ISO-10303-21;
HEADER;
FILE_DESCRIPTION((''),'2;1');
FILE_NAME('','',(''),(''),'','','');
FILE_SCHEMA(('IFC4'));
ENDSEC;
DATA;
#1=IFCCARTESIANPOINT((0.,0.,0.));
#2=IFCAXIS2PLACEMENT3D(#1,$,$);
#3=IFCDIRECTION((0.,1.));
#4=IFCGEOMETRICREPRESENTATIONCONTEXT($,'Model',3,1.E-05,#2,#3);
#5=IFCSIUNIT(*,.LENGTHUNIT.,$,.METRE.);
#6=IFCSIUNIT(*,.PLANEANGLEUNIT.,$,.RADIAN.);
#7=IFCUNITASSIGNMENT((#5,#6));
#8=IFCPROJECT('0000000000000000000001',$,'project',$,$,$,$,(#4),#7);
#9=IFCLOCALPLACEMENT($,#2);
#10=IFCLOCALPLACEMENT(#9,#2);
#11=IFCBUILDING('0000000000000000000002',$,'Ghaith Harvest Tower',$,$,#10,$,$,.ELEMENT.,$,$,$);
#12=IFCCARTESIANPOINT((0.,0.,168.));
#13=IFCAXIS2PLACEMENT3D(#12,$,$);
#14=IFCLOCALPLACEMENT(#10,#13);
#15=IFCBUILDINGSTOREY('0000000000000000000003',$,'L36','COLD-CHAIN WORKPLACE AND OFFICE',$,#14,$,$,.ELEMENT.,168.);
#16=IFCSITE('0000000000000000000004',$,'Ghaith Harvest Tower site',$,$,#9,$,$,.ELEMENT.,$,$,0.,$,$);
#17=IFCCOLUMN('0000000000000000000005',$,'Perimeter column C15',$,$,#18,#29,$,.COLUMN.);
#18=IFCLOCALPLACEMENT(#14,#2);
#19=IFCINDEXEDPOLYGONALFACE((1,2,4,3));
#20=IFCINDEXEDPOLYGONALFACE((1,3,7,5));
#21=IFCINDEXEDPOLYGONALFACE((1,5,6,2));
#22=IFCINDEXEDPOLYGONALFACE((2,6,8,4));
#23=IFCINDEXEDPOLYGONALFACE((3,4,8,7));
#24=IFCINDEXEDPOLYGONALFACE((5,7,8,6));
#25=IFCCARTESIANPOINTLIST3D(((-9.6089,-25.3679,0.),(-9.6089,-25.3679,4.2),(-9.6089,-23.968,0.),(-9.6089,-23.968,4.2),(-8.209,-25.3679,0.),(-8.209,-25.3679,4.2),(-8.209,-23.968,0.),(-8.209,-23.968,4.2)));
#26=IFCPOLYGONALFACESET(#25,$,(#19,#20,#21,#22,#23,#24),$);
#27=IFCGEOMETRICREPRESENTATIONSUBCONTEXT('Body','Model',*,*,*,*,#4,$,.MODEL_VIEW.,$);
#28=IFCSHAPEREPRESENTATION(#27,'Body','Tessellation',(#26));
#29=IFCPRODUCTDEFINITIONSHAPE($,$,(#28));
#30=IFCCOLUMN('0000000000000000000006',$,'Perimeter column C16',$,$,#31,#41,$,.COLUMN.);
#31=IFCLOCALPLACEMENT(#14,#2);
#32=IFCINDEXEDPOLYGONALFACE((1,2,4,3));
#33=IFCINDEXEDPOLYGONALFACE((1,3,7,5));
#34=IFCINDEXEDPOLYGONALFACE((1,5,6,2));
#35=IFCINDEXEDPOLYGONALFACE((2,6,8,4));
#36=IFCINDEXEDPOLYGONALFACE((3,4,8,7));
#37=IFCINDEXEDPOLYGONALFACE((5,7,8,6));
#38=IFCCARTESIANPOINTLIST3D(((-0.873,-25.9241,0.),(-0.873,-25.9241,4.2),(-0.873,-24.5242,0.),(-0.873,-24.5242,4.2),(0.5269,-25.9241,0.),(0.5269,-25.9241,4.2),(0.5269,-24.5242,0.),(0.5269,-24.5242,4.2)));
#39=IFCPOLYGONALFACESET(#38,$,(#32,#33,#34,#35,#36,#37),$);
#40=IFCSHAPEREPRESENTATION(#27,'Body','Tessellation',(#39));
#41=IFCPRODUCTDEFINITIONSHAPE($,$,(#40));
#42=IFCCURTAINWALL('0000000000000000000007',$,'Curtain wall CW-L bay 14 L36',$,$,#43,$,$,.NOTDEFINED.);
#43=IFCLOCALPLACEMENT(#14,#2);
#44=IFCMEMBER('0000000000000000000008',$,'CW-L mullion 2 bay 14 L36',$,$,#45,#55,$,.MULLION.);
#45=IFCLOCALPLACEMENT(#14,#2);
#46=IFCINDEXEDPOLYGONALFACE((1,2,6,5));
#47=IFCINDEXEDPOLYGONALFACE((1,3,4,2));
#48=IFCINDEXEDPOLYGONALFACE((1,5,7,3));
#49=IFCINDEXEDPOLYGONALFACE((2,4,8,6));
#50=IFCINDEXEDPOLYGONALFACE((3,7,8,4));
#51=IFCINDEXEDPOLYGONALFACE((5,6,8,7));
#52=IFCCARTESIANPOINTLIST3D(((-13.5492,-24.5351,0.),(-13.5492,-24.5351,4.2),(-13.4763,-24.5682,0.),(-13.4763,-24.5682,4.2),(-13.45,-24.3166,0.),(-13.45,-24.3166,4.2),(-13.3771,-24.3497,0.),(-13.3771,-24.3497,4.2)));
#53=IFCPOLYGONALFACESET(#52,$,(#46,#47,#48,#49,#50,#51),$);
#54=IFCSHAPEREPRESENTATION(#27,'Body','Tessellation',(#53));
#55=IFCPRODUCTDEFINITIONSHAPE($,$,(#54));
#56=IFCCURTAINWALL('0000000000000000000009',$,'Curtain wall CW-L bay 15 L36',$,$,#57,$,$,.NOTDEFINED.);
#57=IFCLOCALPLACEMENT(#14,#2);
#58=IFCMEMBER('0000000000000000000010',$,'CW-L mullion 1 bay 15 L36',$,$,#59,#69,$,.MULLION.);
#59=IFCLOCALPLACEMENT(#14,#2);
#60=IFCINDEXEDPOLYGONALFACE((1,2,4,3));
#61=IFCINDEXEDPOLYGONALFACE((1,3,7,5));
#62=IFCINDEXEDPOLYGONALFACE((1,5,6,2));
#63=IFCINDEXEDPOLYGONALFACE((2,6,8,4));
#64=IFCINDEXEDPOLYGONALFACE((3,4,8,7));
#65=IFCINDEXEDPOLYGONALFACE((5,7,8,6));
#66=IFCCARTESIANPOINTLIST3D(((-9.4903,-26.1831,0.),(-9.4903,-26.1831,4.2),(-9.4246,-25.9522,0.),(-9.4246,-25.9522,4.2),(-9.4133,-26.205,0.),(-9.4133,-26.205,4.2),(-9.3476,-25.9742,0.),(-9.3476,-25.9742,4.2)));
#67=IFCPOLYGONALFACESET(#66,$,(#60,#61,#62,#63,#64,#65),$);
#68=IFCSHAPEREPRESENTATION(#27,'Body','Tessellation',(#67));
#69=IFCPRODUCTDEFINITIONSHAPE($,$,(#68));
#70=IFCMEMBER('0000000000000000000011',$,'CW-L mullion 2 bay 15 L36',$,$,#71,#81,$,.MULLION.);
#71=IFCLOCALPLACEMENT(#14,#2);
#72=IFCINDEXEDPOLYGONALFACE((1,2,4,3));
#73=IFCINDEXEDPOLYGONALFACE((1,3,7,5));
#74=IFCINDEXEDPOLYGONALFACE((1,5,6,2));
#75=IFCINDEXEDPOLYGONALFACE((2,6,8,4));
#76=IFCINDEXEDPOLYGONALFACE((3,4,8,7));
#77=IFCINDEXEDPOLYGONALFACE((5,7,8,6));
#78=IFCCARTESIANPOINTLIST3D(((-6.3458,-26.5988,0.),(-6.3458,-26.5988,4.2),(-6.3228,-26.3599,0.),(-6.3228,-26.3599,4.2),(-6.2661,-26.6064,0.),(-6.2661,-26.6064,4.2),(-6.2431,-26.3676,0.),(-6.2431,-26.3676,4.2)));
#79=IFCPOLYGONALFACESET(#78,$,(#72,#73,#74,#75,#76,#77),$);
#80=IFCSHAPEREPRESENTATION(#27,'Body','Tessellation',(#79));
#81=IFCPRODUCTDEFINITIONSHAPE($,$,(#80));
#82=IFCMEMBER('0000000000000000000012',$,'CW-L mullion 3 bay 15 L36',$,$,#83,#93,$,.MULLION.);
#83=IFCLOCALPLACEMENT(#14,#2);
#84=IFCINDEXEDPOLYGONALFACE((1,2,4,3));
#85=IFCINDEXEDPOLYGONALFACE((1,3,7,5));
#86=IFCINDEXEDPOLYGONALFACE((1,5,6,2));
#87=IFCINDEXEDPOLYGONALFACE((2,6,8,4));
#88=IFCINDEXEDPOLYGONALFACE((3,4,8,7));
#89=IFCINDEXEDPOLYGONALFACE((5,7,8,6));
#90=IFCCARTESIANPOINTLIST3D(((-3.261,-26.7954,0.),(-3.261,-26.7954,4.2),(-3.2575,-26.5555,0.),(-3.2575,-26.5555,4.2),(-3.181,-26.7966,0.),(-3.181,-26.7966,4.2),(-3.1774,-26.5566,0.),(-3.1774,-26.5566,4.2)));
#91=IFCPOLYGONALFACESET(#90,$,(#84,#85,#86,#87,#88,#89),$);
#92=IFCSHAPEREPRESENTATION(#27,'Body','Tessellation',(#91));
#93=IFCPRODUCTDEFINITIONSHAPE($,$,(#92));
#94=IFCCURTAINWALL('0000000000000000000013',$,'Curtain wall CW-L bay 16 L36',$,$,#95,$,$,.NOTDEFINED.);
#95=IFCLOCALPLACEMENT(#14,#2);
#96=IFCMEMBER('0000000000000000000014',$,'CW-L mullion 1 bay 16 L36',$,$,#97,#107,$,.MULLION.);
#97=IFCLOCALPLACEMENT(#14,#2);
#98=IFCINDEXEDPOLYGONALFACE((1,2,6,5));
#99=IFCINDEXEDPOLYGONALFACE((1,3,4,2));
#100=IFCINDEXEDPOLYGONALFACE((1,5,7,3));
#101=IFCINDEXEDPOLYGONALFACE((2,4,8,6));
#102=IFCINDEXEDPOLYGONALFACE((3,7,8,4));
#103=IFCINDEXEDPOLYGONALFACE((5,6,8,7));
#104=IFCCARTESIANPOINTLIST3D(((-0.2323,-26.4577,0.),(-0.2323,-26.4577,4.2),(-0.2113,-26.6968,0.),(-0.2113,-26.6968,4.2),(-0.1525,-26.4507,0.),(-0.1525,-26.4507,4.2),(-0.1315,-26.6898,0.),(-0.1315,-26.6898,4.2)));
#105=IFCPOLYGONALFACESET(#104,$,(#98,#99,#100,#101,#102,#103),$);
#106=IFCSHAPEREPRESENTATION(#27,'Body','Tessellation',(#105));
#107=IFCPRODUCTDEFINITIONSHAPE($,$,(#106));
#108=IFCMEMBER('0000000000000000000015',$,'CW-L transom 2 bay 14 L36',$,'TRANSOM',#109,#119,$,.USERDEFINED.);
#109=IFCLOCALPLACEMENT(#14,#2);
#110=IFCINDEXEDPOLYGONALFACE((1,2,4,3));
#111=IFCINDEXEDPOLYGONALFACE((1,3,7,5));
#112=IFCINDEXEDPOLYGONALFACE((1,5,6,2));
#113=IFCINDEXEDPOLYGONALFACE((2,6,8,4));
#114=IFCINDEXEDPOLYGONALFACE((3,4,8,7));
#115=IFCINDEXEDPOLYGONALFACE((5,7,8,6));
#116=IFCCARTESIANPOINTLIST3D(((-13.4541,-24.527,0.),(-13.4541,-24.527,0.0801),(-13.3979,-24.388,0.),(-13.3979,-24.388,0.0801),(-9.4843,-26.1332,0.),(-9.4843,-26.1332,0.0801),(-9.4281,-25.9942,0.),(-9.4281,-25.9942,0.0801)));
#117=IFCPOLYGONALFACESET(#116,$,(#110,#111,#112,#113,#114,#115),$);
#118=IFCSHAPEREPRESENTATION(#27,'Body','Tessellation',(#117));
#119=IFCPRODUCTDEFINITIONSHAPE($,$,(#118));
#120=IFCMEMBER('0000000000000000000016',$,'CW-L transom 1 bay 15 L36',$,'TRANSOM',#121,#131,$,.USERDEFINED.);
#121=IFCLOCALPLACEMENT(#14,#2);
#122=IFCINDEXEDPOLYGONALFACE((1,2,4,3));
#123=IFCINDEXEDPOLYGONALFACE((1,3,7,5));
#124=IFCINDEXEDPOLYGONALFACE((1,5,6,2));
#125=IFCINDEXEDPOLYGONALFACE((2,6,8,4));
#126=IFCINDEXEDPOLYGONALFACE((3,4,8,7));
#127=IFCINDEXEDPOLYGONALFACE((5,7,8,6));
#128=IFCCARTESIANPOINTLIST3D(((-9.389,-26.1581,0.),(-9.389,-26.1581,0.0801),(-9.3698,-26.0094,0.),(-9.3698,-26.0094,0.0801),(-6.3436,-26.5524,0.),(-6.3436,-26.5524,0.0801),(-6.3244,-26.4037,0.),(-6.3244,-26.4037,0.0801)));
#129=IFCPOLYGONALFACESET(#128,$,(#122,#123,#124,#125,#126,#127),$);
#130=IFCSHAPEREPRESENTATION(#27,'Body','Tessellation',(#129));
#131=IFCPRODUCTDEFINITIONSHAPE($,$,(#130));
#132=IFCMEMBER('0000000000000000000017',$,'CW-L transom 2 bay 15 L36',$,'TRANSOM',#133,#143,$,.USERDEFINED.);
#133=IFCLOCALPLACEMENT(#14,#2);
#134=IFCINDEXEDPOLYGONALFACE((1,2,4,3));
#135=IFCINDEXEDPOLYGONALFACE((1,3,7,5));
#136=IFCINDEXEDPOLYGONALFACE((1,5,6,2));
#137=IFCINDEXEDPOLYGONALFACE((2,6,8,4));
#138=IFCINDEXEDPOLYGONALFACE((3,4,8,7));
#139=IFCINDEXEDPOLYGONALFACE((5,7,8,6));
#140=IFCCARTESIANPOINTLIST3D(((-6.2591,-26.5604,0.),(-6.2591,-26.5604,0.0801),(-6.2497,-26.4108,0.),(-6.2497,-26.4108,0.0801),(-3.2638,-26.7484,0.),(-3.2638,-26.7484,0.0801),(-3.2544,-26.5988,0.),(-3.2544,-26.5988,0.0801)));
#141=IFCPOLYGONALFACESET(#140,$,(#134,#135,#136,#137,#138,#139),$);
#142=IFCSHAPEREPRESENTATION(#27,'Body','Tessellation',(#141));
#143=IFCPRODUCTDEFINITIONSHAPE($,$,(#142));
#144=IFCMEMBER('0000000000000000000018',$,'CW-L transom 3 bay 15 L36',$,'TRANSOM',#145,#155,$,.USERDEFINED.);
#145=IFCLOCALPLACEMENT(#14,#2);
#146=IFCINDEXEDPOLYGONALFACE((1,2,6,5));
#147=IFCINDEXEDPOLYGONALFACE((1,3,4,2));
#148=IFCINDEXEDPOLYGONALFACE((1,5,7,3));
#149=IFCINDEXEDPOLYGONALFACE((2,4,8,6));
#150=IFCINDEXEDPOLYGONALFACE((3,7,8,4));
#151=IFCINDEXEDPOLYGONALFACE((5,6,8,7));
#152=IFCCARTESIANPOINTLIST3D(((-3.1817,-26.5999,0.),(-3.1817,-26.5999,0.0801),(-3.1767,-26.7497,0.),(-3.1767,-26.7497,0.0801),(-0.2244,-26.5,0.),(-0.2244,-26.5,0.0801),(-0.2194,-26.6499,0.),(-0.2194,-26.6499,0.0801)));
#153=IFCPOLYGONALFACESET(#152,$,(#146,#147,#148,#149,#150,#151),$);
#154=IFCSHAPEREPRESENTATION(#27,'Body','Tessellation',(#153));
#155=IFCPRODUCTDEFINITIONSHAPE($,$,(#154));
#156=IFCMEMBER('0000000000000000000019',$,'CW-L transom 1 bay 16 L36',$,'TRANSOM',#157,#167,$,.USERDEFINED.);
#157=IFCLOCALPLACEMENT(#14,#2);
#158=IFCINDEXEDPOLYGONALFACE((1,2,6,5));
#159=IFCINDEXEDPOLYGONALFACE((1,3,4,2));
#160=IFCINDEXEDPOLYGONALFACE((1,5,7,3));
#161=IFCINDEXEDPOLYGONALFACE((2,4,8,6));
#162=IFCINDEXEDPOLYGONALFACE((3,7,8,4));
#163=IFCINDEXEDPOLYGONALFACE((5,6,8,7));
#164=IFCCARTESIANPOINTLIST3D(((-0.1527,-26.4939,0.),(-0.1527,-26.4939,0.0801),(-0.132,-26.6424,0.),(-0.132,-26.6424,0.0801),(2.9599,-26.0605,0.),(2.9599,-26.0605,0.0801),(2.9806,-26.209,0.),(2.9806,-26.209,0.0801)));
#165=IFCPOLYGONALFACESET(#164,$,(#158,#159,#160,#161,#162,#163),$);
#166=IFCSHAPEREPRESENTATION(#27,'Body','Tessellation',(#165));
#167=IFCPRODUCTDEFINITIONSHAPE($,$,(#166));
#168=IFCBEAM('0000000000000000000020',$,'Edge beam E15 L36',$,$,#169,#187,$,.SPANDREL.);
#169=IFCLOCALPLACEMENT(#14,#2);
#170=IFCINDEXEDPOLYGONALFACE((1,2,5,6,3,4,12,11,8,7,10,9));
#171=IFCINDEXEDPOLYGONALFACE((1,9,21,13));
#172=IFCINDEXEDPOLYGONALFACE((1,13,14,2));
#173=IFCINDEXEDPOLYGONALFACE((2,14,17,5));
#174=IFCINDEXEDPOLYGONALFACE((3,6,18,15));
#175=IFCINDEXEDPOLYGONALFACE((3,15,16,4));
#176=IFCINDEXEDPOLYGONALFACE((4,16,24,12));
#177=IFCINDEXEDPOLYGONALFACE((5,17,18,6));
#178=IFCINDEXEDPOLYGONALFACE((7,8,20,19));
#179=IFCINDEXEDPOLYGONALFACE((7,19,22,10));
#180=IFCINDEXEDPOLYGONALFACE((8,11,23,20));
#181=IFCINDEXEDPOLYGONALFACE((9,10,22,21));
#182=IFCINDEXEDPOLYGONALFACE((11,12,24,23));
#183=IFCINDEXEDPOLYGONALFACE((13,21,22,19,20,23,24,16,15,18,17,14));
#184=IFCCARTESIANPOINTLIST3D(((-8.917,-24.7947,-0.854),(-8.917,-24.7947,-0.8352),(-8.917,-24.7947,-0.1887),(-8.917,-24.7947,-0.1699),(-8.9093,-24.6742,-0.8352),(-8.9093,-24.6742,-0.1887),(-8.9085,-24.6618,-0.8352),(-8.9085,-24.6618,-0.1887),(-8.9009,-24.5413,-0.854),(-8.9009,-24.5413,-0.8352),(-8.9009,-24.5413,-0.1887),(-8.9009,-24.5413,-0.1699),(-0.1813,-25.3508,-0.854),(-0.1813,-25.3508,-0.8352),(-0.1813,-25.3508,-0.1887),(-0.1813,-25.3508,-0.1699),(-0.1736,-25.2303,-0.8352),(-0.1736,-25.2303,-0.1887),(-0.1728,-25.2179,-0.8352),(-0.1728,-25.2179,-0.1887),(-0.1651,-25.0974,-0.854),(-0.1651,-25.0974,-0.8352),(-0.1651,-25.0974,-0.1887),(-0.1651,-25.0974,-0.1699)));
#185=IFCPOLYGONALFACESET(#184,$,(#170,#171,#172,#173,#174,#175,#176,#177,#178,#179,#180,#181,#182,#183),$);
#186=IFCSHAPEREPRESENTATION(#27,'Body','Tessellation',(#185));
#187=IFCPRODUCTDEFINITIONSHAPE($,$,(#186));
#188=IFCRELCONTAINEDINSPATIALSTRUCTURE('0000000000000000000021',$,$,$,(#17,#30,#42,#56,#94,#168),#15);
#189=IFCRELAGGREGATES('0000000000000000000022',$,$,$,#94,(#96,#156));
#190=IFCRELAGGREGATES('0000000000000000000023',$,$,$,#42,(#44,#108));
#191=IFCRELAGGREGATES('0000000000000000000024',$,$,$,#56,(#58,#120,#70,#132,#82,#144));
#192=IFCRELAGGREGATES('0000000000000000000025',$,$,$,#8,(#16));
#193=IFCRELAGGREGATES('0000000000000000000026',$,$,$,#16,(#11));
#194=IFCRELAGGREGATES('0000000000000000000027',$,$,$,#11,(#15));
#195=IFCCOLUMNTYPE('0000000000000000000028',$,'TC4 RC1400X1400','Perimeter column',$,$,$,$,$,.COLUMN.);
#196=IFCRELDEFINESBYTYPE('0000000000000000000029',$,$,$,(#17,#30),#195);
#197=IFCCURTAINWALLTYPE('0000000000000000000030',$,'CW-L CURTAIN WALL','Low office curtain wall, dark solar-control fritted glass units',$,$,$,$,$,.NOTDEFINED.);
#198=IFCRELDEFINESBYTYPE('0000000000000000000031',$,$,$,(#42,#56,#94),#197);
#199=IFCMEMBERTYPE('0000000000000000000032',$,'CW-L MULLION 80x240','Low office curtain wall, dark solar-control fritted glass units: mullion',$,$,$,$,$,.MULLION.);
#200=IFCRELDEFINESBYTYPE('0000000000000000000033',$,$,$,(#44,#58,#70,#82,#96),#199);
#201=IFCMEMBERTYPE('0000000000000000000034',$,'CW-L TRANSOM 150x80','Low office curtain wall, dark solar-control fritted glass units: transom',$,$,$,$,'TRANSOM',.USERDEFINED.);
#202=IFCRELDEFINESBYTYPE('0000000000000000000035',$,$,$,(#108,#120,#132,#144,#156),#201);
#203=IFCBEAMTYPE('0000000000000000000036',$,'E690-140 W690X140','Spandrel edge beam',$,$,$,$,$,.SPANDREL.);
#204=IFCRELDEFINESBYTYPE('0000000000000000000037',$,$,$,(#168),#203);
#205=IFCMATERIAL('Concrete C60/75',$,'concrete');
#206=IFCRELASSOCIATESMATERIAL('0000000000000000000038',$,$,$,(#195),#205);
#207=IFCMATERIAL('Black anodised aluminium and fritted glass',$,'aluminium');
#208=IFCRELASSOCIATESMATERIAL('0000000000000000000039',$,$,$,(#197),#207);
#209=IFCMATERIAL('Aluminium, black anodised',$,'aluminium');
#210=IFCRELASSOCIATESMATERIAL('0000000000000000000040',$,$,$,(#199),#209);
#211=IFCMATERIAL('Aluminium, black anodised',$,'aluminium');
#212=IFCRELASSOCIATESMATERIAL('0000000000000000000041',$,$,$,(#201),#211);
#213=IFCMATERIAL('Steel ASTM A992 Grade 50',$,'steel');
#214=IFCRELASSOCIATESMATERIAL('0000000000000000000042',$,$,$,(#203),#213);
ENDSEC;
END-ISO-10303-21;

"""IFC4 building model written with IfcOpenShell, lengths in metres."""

from ifc_helpers import new_model, si_unit, direction, frame, origin, origin_2d, place, context, subcontext, project, spatial, rectangle, i_section, extrude, material, material_profile, profile_set, type_object, element, aggregate, save


model = new_model("IFC4")

# Units and contexts
model_context = context("Model", 3, precision=1e-05, world=origin(), true_north=direction((0.0, 1.0)))
body_context = subcontext(model_context, "Body", "Model", "MODEL_VIEW")
ifc_project = project(units=[si_unit("LENGTHUNIT", "METRE"), si_unit("PLANEANGLEUNIT", "RADIAN")], contexts=[model_context])

# Site, building, storey
site_placement = place(None, origin())
site = spatial("IfcSite", under=ifc_project, at=site_placement, Name="Ghaith Harvest Tower site", CompositionType="ELEMENT", RefElevation=0.0)
building_placement = place(site_placement, origin())
building = spatial("IfcBuilding", under=site, at=building_placement, Name="Ghaith Harvest Tower", CompositionType="ELEMENT")
storey_placement = place(building_placement, frame((0.0, 0.0, 168.0)))
storey = spatial("IfcBuildingStorey", under=building, at=storey_placement, Name="L36", Description="COLD-CHAIN WORKPLACE AND OFFICE", CompositionType="ELEMENT", Elevation=168.0)

# Columns
ifc_material_1 = material(Name="Concrete C60/75", Category="concrete")
ifc_material_profile_1 = material_profile(ifc_material_1, rectangle(XDim=1.3999, YDim=1.3999, at=origin_2d()), Name="RC1400X1400")
ifc_profile_set_1 = profile_set([ifc_material_profile_1], Name="Concrete C60/75")
column_type = type_object("IfcColumnType", Name="TC4 RC1400X1400", Description="Perimeter column", PredefinedType="COLUMN", material=ifc_profile_set_1)
for number, where, z_axis, x_axis, name in (
    (1, (-8.9089, -24.668, 0.0), (0.0, 0.0, 1.0), (1.0, 0.0, 0.0), "Perimeter column C15"),
    (2, (-0.1731, -25.2241, 0.0), (0.0, 0.0, 1.0), (1.0, 0.0, 0.0), "Perimeter column C16"),
):
    element("IfcColumn", number, at=place(storey_placement, frame(where, z_axis=z_axis, x_axis=x_axis)), inside=storey, type_object=column_type, Name=name, PredefinedType="COLUMN", context=body_context, shape_type="SweptSolid", body=[
        extrude(rectangle(XDim=1.3999, YDim=1.3999, at=origin_2d()), origin(), (0.0, 0.0, 1.0), 4.2),
    ])

# Curtain wall, member
ifc_material_2 = material(Name="Black anodised aluminium and fritted glass", Category="aluminium")
curtain_wall_type = type_object("IfcCurtainWallType", Name="CW-L CURTAIN WALL", Description="Low office curtain wall, dark solar-control fritted glass units", PredefinedType="NOTDEFINED", material=ifc_material_2)
curtain_wall_1_placement = place(storey_placement, origin())
curtain_wall_1 = element("IfcCurtainWall", 3, at=curtain_wall_1_placement, inside=storey, type_object=curtain_wall_type, Name="Curtain wall CW-L bay 14 L36", PredefinedType="NOTDEFINED")
ifc_material_3 = material(Name="Aluminium, black anodised", Category="aluminium")
ifc_material_profile_2 = material_profile(ifc_material_3, rectangle(XDim=0.0801, YDim=0.24, at=origin_2d()), Name="CW-L MULLION 80x240")
ifc_profile_set_2 = profile_set([ifc_material_profile_2], Name="Aluminium, black anodised")
member_type_1 = type_object("IfcMemberType", Name="CW-L MULLION 80x240", Description="Low office curtain wall, dark solar-control fritted glass units: mullion", PredefinedType="MULLION", material=ifc_profile_set_2)
member_1_placement = place(storey_placement, frame((-13.4631, -24.4424, 0.0), z_axis=(0.0, 0.0, 1.0), x_axis=(0.910648, -0.413183, 0.0)))
member_1 = element("IfcMember", 4, at=member_1_placement, type_object=member_type_1, Name="CW-L mullion 2 bay 14 L36", PredefinedType="MULLION", context=body_context, shape_type="SweptSolid", body=[
    extrude(rectangle(XDim=0.0801, YDim=0.24, at=origin_2d()), origin(), (0.0, 0.0, 1.0), 4.2),
])

# Curtain wall, members
curtain_wall_2_placement = place(storey_placement, origin())
curtain_wall_2 = element("IfcCurtainWall", 5, at=curtain_wall_2_placement, inside=storey, type_object=curtain_wall_type, Name="Curtain wall CW-L bay 15 L36", PredefinedType="NOTDEFINED")
member_2_placement = place(storey_placement, frame((-9.4189, -26.0786, 0.0), z_axis=(0.0, 0.0, 1.0), x_axis=(0.961789, -0.273793, 0.0)))
member_2 = element("IfcMember", 6, at=member_2_placement, type_object=member_type_1, Name="CW-L mullion 1 bay 15 L36", PredefinedType="MULLION", context=body_context, shape_type="SweptSolid", body=[
    extrude(rectangle(XDim=0.0801, YDim=0.24, at=origin_2d()), origin(), (0.0, 0.0, 1.0), 4.2),
])
member_3_placement = place(storey_placement, frame((-6.2944, -26.4832, 0.0), z_axis=(0.0, 0.0, 1.0), x_axis=(0.995389, -0.095918, 0.0)))
member_3 = element("IfcMember", 7, at=member_3_placement, type_object=member_type_1, Name="CW-L mullion 2 bay 15 L36", PredefinedType="MULLION", context=body_context, shape_type="SweptSolid", body=[
    extrude(rectangle(XDim=0.0801, YDim=0.24, at=origin_2d()), origin(), (0.0, 0.0, 1.0), 4.2),
])
member_4_placement = place(storey_placement, frame((-3.2192, -26.676, 0.0), z_axis=(0.0, 0.0, 1.0), x_axis=(0.999891, -0.014796, 0.0)))
member_4 = element("IfcMember", 8, at=member_4_placement, type_object=member_type_1, Name="CW-L mullion 3 bay 15 L36", PredefinedType="MULLION", context=body_context, shape_type="SweptSolid", body=[
    extrude(rectangle(XDim=0.0801, YDim=0.24, at=origin_2d()), origin(), (0.0, 0.0, 1.0), 4.2),
])

# Curtain wall, member
curtain_wall_3_placement = place(storey_placement, origin())
curtain_wall_3 = element("IfcCurtainWall", 9, at=curtain_wall_3_placement, inside=storey, type_object=curtain_wall_type, Name="Curtain wall CW-L bay 16 L36", PredefinedType="NOTDEFINED")
member_5_placement = place(storey_placement, frame((-0.1819, -26.5737, 0.0), z_axis=(0.0, 0.0, 1.0), x_axis=(0.996169, 0.087446, 0.0)))
member_5 = element("IfcMember", 10, at=member_5_placement, type_object=member_type_1, Name="CW-L mullion 1 bay 16 L36", PredefinedType="MULLION", context=body_context, shape_type="SweptSolid", body=[
    extrude(rectangle(XDim=0.0801, YDim=0.24, at=origin_2d()), origin(), (0.0, 0.0, 1.0), 4.2),
])

# Members
ifc_material_4 = material(Name="Aluminium, black anodised", Category="aluminium")
ifc_material_profile_3 = material_profile(ifc_material_4, rectangle(XDim=0.1499, YDim=0.0801, at=origin_2d()), Name="CW-L TRANSOM 150x80")
ifc_profile_set_3 = profile_set([ifc_material_profile_3], Name="Aluminium, black anodised")
member_type_2 = type_object("IfcMemberType", Name="CW-L TRANSOM 150x80", Description="Low office curtain wall, dark solar-control fritted glass units: transom", ElementType="TRANSOM", PredefinedType="USERDEFINED", material=ifc_profile_set_3)
member_6_placement = place(storey_placement, frame((-13.426, -24.4575, 0.04), z_axis=(0.927003, -0.375054, 0.0), x_axis=(0.375054, 0.927003, 0.0)))
member_6 = element("IfcMember", 11, at=member_6_placement, type_object=member_type_2, Name="CW-L transom 2 bay 14 L36", ObjectType="TRANSOM", PredefinedType="USERDEFINED", context=body_context, shape_type="SweptSolid", body=[
    extrude(rectangle(XDim=0.1499, YDim=0.0801, at=origin_2d()), origin(), (0.0, 0.0, 1.0), 4.2825),
])
member_7_placement = place(storey_placement, frame((-9.3794, -26.0837, 0.04), z_axis=(0.991723, -0.128398, 0.0), x_axis=(0.128398, 0.991723, 0.0)))
member_7 = element("IfcMember", 12, at=member_7_placement, type_object=member_type_2, Name="CW-L transom 1 bay 15 L36", ObjectType="TRANSOM", PredefinedType="USERDEFINED", context=body_context, shape_type="SweptSolid", body=[
    extrude(rectangle(XDim=0.1499, YDim=0.0801, at=origin_2d()), origin(), (0.0, 0.0, 1.0), 3.0708),
])
member_8_placement = place(storey_placement, frame((-6.2544, -26.4856, 0.04), z_axis=(0.998036, -0.062637, 0.0), x_axis=(0.062637, 0.998036, 0.0)))
member_8 = element("IfcMember", 13, at=member_8_placement, type_object=member_type_2, Name="CW-L transom 2 bay 15 L36", ObjectType="TRANSOM", PredefinedType="USERDEFINED", context=body_context, shape_type="SweptSolid", body=[
    extrude(rectangle(XDim=0.1499, YDim=0.0801, at=origin_2d()), origin(), (0.0, 0.0, 1.0), 3.0012),
])
member_9_placement = place(storey_placement, frame((-3.1792, -26.6748, 0.04), z_axis=(0.99943, 0.033746, 0.0), x_axis=(-0.033746, 0.99943, 0.0)))
member_9 = element("IfcMember", 14, at=member_9_placement, type_object=member_type_2, Name="CW-L transom 3 bay 15 L36", ObjectType="TRANSOM", PredefinedType="USERDEFINED", context=body_context, shape_type="SweptSolid", body=[
    extrude(rectangle(XDim=0.1499, YDim=0.0801, at=origin_2d()), origin(), (0.0, 0.0, 1.0), 2.959),
])
member_10_placement = place(storey_placement, frame((-0.1423, -26.5681, 0.04), z_axis=(0.990447, 0.137897, 0.0), x_axis=(-0.137897, 0.990447, 0.0)))
member_10 = element("IfcMember", 15, at=member_10_placement, type_object=member_type_2, Name="CW-L transom 1 bay 16 L36", ObjectType="TRANSOM", PredefinedType="USERDEFINED", context=body_context, shape_type="SweptSolid", body=[
    extrude(rectangle(XDim=0.1499, YDim=0.0801, at=origin_2d()), origin(), (0.0, 0.0, 1.0), 3.1426),
])
aggregate(curtain_wall_3, [member_5, member_10])

# Beam
ifc_material_5 = material(Name="Steel ASTM A992 Grade 50", Category="steel")
ifc_material_profile_4 = material_profile(ifc_material_5, i_section(OverallWidth=0.2539, OverallDepth=0.6841, WebThickness=0.0125, FlangeThickness=0.0188, at=origin_2d()), Name="W690X140")
ifc_profile_set_4 = profile_set([ifc_material_profile_4], Name="Steel ASTM A992 Grade 50")
beam_type = type_object("IfcBeamType", Name="E690-140 W690X140", Description="Spandrel edge beam", PredefinedType="SPANDREL", material=ifc_profile_set_4)
beam_1_placement = place(storey_placement, frame((-8.9089, -24.668, -0.512), z_axis=(0.99798, -0.063535, 0.0), x_axis=(0.063535, 0.99798, 0.0)))
element("IfcBeam", 16, at=beam_1_placement, inside=storey, type_object=beam_type, Name="Edge beam E15 L36", PredefinedType="SPANDREL", context=body_context, shape_type="SweptSolid", body=[
    extrude(i_section(OverallWidth=0.2539, OverallDepth=0.6841, WebThickness=0.0125, FlangeThickness=0.0188, at=origin_2d()), origin(), (0.0, 0.0, 1.0), 8.7534),
])

aggregate(curtain_wall_1, [member_1, member_6])
aggregate(curtain_wall_2, [member_2, member_7, member_3, member_8, member_4, member_9])

save(model, "model.ifc")
